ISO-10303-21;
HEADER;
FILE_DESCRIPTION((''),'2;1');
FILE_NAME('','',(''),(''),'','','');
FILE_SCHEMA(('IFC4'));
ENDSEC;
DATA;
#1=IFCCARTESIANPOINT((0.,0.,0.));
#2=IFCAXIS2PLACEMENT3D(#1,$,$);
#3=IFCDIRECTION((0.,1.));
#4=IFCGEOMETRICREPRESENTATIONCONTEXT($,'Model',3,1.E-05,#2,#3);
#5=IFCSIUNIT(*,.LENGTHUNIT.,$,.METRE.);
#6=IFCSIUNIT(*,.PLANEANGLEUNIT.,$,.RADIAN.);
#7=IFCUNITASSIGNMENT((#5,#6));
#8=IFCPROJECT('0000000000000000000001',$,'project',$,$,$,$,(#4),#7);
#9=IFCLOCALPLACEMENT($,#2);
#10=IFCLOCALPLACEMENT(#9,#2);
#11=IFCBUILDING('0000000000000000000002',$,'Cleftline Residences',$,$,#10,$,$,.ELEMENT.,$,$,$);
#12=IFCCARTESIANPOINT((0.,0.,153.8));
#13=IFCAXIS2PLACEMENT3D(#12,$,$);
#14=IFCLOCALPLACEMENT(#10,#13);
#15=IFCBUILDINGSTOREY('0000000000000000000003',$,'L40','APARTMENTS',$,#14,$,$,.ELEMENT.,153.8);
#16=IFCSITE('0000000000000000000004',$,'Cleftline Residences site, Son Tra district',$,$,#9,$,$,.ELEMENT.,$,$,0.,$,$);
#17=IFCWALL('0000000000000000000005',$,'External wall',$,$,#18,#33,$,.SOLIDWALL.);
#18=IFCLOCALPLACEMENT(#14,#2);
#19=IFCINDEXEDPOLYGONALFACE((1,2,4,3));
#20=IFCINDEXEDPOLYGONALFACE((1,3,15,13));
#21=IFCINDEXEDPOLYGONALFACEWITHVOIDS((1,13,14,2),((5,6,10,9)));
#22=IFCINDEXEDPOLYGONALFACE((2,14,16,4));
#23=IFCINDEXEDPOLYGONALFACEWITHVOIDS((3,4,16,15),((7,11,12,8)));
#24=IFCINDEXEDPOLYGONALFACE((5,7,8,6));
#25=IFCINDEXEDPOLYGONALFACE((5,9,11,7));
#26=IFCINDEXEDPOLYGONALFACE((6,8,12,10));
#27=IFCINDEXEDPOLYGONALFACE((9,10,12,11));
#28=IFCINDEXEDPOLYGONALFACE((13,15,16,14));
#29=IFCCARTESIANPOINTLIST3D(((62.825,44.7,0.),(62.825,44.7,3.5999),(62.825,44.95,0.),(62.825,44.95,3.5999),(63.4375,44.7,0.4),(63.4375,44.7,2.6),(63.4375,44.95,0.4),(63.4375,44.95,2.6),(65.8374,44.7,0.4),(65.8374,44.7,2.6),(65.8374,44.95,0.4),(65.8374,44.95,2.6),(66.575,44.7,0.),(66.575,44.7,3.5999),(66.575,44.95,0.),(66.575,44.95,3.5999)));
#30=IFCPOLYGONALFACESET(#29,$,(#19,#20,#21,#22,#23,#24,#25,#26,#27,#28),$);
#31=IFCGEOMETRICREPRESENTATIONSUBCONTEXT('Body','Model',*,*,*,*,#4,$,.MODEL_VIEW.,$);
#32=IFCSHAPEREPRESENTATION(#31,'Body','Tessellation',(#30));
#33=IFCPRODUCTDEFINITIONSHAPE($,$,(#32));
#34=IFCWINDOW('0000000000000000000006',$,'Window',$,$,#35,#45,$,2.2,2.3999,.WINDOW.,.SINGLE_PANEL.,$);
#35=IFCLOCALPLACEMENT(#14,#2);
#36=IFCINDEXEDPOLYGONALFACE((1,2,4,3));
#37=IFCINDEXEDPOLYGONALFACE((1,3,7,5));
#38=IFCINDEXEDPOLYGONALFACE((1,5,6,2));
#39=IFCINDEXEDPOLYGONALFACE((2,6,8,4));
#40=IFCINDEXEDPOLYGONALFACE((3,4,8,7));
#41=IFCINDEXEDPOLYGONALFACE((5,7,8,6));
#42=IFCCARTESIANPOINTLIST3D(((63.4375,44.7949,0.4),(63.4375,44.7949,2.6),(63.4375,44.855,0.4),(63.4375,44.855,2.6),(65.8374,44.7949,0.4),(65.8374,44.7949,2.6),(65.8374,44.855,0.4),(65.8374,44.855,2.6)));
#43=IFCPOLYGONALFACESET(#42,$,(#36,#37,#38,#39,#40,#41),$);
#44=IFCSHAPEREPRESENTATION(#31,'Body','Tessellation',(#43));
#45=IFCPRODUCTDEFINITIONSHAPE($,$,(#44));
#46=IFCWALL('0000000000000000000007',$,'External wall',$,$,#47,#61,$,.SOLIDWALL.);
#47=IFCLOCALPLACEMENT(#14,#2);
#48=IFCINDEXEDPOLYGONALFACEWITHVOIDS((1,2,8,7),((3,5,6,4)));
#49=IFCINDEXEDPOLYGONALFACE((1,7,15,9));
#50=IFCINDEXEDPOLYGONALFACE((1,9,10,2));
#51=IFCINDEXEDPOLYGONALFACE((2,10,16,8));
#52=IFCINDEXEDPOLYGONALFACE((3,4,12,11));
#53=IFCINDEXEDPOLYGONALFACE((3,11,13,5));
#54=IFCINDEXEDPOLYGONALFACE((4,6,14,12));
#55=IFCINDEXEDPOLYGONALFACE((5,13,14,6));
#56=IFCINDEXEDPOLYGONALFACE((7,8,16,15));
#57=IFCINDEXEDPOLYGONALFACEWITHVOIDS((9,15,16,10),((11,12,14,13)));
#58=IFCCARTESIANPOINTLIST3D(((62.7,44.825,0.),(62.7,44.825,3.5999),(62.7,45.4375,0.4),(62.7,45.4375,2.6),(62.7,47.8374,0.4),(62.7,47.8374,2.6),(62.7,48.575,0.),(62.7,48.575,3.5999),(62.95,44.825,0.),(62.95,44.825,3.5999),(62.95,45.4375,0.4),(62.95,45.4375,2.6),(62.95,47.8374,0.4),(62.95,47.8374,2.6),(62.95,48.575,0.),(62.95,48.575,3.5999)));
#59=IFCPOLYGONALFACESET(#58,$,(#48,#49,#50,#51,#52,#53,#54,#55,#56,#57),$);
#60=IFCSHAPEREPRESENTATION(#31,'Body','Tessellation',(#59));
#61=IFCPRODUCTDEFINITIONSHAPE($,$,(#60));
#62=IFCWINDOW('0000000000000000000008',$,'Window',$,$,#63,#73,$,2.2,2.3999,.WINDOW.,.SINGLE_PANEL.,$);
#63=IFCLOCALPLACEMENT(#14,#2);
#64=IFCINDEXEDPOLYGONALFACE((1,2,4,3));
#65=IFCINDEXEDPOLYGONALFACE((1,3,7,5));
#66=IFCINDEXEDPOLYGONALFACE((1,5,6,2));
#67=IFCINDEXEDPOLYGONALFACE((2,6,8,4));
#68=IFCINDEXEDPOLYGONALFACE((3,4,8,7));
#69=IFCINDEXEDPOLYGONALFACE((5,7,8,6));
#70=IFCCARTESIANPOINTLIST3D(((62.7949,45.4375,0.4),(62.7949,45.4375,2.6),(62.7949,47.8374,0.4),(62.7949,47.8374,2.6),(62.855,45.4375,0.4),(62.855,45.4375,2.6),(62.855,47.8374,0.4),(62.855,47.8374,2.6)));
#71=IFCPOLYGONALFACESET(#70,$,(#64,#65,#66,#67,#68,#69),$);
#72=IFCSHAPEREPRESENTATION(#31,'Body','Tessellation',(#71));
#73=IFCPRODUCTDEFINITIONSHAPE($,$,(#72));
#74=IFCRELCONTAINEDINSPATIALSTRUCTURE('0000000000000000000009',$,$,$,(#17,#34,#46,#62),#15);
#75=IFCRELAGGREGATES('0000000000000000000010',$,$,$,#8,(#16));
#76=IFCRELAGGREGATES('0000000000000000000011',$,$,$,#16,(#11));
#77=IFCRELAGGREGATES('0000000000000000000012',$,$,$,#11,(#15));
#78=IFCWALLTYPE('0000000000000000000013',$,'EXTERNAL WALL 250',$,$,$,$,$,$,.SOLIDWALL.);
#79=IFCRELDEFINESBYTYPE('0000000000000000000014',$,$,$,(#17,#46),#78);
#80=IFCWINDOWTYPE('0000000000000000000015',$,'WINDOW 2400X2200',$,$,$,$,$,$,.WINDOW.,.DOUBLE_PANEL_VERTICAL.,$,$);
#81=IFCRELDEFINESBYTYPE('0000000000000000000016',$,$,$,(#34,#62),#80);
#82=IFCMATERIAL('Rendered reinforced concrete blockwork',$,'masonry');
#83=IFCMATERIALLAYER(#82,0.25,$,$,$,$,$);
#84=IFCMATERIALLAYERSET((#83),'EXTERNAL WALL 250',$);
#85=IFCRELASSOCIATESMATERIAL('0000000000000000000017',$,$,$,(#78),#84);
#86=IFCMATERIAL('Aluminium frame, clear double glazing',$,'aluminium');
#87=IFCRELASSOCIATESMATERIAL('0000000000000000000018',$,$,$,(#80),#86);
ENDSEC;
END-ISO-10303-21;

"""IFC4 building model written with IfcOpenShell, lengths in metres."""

from ifc_helpers import new_model, si_unit, direction, frame, frame_2d, origin, place, context, subcontext, project, spatial, rectangle, extrude, material, layer, layer_set, type_object, element, fill, save


model = new_model("IFC4")

# Units and contexts
model_context = context("Model", 3, precision=1e-05, world=origin(), true_north=direction((0.0, 1.0)))
body_context = subcontext(model_context, "Body", "Model", "MODEL_VIEW")
ifc_project = project(units=[si_unit("LENGTHUNIT", "METRE"), si_unit("PLANEANGLEUNIT", "RADIAN")], contexts=[model_context])

# Site, building, storey
site_placement = place(None, origin())
site = spatial("IfcSite", under=ifc_project, at=site_placement, Name="Cleftline Residences site, Son Tra district", CompositionType="ELEMENT", RefElevation=0.0)
building_placement = place(site_placement, origin())
building = spatial("IfcBuilding", under=site, at=building_placement, Name="Cleftline Residences", CompositionType="ELEMENT")
storey_placement = place(building_placement, frame((0.0, 0.0, 153.8)))
storey = spatial("IfcBuildingStorey", under=building, at=storey_placement, Name="L40", Description="APARTMENTS", CompositionType="ELEMENT", Elevation=153.8)

# Walls, openings, windows
ifc_material_1 = material(Name="Rendered reinforced concrete blockwork", Category="masonry")
ifc_layer_1 = layer(ifc_material_1, 0.25)
ifc_layer_set_1 = layer_set([ifc_layer_1], Name="EXTERNAL WALL 250")
wall_type_1 = type_object("IfcWallType", Name="EXTERNAL WALL 250", PredefinedType="SOLIDWALL", material=ifc_layer_set_1)
wall_1_placement = place(storey_placement, frame((66.575, 44.825, 0.0), z_axis=(0.0, 0.0, 1.0), x_axis=(-1.0, 0.0, 0.0)))
wall_1 = element("IfcWall", 1, at=wall_1_placement, inside=storey, type_object=wall_type_1, Name="External wall", PredefinedType="SOLIDWALL", context=body_context, shape_type="SweptSolid", body=[
    extrude(rectangle(XDim=3.75, YDim=0.25, at=frame_2d((1.875, 0.0))), origin(), (0.0, 0.0, 1.0), 3.5999),
])
opening_1_placement = place(wall_1_placement, frame((0.7375, 0.0, 0.3999)))
opening_1 = element("IfcOpeningElement", 2, at=opening_1_placement, cuts=wall_1, PredefinedType="OPENING", context=body_context, shape_type="SweptSolid", body=[
    extrude(rectangle(XDim=2.3999, YDim=2.2, at=frame_2d((1.2, 1.1001))), frame((0.0, 0.135, 0.0), z_axis=(0.0, -1.0, 0.0), x_axis=(1.0, 0.0, 0.0)), (0.0, 0.0, 1.0), 0.27),
])
ifc_material_2 = material(Name="Aluminium frame, clear double glazing", Category="aluminium")
window_type_1 = type_object("IfcWindowType", Name="WINDOW 2400X2200", PartitioningType="DOUBLE_PANEL_VERTICAL", PredefinedType="WINDOW", material=ifc_material_2)
window_1_placement = place(opening_1_placement, origin())
window_1 = element("IfcWindow", 3, at=window_1_placement, inside=storey, type_object=window_type_1, Name="Window", OverallHeight=2.2, OverallWidth=2.3999, PartitioningType="SINGLE_PANEL", PredefinedType="WINDOW", context=body_context, shape_type="SweptSolid", body=[
    extrude(rectangle(XDim=2.3999, YDim=2.2, at=frame_2d((1.2, 1.1001))), frame((0.0, 0.03, 0.0), z_axis=(0.0, -1.0, 0.0), x_axis=(1.0, 0.0, 0.0)), (0.0, 0.0, 1.0), 0.0601),
])
fill(opening_1, window_1)
wall_2_placement = place(storey_placement, frame((62.825, 44.825, 0.0), z_axis=(0.0, 0.0, 1.0), x_axis=(0.0, 1.0, 0.0)))
wall_2 = element("IfcWall", 4, at=wall_2_placement, inside=storey, type_object=wall_type_1, Name="External wall", PredefinedType="SOLIDWALL", context=body_context, shape_type="SweptSolid", body=[
    extrude(rectangle(XDim=3.75, YDim=0.25, at=frame_2d((1.875, 0.0))), origin(), (0.0, 0.0, 1.0), 3.5999),
])
opening_2_placement = place(wall_2_placement, frame((0.6125, 0.0, 0.3999)))
opening_2 = element("IfcOpeningElement", 5, at=opening_2_placement, cuts=wall_2, PredefinedType="OPENING", context=body_context, shape_type="SweptSolid", body=[
    extrude(rectangle(XDim=2.3999, YDim=2.2, at=frame_2d((1.2, 1.1001))), frame((0.0, 0.135, 0.0), z_axis=(0.0, -1.0, 0.0), x_axis=(1.0, 0.0, 0.0)), (0.0, 0.0, 1.0), 0.27),
])
window_2_placement = place(opening_2_placement, origin())
window_2 = element("IfcWindow", 6, at=window_2_placement, inside=storey, type_object=window_type_1, Name="Window", OverallHeight=2.2, OverallWidth=2.3999, PartitioningType="SINGLE_PANEL", PredefinedType="WINDOW", context=body_context, shape_type="SweptSolid", body=[
    extrude(rectangle(XDim=2.3999, YDim=2.2, at=frame_2d((1.2, 1.1001))), frame((0.0, 0.03, 0.0), z_axis=(0.0, -1.0, 0.0), x_axis=(1.0, 0.0, 0.0)), (0.0, 0.0, 1.0), 0.0601),
])
fill(opening_2, window_2)

save(model, "model.ifc")
